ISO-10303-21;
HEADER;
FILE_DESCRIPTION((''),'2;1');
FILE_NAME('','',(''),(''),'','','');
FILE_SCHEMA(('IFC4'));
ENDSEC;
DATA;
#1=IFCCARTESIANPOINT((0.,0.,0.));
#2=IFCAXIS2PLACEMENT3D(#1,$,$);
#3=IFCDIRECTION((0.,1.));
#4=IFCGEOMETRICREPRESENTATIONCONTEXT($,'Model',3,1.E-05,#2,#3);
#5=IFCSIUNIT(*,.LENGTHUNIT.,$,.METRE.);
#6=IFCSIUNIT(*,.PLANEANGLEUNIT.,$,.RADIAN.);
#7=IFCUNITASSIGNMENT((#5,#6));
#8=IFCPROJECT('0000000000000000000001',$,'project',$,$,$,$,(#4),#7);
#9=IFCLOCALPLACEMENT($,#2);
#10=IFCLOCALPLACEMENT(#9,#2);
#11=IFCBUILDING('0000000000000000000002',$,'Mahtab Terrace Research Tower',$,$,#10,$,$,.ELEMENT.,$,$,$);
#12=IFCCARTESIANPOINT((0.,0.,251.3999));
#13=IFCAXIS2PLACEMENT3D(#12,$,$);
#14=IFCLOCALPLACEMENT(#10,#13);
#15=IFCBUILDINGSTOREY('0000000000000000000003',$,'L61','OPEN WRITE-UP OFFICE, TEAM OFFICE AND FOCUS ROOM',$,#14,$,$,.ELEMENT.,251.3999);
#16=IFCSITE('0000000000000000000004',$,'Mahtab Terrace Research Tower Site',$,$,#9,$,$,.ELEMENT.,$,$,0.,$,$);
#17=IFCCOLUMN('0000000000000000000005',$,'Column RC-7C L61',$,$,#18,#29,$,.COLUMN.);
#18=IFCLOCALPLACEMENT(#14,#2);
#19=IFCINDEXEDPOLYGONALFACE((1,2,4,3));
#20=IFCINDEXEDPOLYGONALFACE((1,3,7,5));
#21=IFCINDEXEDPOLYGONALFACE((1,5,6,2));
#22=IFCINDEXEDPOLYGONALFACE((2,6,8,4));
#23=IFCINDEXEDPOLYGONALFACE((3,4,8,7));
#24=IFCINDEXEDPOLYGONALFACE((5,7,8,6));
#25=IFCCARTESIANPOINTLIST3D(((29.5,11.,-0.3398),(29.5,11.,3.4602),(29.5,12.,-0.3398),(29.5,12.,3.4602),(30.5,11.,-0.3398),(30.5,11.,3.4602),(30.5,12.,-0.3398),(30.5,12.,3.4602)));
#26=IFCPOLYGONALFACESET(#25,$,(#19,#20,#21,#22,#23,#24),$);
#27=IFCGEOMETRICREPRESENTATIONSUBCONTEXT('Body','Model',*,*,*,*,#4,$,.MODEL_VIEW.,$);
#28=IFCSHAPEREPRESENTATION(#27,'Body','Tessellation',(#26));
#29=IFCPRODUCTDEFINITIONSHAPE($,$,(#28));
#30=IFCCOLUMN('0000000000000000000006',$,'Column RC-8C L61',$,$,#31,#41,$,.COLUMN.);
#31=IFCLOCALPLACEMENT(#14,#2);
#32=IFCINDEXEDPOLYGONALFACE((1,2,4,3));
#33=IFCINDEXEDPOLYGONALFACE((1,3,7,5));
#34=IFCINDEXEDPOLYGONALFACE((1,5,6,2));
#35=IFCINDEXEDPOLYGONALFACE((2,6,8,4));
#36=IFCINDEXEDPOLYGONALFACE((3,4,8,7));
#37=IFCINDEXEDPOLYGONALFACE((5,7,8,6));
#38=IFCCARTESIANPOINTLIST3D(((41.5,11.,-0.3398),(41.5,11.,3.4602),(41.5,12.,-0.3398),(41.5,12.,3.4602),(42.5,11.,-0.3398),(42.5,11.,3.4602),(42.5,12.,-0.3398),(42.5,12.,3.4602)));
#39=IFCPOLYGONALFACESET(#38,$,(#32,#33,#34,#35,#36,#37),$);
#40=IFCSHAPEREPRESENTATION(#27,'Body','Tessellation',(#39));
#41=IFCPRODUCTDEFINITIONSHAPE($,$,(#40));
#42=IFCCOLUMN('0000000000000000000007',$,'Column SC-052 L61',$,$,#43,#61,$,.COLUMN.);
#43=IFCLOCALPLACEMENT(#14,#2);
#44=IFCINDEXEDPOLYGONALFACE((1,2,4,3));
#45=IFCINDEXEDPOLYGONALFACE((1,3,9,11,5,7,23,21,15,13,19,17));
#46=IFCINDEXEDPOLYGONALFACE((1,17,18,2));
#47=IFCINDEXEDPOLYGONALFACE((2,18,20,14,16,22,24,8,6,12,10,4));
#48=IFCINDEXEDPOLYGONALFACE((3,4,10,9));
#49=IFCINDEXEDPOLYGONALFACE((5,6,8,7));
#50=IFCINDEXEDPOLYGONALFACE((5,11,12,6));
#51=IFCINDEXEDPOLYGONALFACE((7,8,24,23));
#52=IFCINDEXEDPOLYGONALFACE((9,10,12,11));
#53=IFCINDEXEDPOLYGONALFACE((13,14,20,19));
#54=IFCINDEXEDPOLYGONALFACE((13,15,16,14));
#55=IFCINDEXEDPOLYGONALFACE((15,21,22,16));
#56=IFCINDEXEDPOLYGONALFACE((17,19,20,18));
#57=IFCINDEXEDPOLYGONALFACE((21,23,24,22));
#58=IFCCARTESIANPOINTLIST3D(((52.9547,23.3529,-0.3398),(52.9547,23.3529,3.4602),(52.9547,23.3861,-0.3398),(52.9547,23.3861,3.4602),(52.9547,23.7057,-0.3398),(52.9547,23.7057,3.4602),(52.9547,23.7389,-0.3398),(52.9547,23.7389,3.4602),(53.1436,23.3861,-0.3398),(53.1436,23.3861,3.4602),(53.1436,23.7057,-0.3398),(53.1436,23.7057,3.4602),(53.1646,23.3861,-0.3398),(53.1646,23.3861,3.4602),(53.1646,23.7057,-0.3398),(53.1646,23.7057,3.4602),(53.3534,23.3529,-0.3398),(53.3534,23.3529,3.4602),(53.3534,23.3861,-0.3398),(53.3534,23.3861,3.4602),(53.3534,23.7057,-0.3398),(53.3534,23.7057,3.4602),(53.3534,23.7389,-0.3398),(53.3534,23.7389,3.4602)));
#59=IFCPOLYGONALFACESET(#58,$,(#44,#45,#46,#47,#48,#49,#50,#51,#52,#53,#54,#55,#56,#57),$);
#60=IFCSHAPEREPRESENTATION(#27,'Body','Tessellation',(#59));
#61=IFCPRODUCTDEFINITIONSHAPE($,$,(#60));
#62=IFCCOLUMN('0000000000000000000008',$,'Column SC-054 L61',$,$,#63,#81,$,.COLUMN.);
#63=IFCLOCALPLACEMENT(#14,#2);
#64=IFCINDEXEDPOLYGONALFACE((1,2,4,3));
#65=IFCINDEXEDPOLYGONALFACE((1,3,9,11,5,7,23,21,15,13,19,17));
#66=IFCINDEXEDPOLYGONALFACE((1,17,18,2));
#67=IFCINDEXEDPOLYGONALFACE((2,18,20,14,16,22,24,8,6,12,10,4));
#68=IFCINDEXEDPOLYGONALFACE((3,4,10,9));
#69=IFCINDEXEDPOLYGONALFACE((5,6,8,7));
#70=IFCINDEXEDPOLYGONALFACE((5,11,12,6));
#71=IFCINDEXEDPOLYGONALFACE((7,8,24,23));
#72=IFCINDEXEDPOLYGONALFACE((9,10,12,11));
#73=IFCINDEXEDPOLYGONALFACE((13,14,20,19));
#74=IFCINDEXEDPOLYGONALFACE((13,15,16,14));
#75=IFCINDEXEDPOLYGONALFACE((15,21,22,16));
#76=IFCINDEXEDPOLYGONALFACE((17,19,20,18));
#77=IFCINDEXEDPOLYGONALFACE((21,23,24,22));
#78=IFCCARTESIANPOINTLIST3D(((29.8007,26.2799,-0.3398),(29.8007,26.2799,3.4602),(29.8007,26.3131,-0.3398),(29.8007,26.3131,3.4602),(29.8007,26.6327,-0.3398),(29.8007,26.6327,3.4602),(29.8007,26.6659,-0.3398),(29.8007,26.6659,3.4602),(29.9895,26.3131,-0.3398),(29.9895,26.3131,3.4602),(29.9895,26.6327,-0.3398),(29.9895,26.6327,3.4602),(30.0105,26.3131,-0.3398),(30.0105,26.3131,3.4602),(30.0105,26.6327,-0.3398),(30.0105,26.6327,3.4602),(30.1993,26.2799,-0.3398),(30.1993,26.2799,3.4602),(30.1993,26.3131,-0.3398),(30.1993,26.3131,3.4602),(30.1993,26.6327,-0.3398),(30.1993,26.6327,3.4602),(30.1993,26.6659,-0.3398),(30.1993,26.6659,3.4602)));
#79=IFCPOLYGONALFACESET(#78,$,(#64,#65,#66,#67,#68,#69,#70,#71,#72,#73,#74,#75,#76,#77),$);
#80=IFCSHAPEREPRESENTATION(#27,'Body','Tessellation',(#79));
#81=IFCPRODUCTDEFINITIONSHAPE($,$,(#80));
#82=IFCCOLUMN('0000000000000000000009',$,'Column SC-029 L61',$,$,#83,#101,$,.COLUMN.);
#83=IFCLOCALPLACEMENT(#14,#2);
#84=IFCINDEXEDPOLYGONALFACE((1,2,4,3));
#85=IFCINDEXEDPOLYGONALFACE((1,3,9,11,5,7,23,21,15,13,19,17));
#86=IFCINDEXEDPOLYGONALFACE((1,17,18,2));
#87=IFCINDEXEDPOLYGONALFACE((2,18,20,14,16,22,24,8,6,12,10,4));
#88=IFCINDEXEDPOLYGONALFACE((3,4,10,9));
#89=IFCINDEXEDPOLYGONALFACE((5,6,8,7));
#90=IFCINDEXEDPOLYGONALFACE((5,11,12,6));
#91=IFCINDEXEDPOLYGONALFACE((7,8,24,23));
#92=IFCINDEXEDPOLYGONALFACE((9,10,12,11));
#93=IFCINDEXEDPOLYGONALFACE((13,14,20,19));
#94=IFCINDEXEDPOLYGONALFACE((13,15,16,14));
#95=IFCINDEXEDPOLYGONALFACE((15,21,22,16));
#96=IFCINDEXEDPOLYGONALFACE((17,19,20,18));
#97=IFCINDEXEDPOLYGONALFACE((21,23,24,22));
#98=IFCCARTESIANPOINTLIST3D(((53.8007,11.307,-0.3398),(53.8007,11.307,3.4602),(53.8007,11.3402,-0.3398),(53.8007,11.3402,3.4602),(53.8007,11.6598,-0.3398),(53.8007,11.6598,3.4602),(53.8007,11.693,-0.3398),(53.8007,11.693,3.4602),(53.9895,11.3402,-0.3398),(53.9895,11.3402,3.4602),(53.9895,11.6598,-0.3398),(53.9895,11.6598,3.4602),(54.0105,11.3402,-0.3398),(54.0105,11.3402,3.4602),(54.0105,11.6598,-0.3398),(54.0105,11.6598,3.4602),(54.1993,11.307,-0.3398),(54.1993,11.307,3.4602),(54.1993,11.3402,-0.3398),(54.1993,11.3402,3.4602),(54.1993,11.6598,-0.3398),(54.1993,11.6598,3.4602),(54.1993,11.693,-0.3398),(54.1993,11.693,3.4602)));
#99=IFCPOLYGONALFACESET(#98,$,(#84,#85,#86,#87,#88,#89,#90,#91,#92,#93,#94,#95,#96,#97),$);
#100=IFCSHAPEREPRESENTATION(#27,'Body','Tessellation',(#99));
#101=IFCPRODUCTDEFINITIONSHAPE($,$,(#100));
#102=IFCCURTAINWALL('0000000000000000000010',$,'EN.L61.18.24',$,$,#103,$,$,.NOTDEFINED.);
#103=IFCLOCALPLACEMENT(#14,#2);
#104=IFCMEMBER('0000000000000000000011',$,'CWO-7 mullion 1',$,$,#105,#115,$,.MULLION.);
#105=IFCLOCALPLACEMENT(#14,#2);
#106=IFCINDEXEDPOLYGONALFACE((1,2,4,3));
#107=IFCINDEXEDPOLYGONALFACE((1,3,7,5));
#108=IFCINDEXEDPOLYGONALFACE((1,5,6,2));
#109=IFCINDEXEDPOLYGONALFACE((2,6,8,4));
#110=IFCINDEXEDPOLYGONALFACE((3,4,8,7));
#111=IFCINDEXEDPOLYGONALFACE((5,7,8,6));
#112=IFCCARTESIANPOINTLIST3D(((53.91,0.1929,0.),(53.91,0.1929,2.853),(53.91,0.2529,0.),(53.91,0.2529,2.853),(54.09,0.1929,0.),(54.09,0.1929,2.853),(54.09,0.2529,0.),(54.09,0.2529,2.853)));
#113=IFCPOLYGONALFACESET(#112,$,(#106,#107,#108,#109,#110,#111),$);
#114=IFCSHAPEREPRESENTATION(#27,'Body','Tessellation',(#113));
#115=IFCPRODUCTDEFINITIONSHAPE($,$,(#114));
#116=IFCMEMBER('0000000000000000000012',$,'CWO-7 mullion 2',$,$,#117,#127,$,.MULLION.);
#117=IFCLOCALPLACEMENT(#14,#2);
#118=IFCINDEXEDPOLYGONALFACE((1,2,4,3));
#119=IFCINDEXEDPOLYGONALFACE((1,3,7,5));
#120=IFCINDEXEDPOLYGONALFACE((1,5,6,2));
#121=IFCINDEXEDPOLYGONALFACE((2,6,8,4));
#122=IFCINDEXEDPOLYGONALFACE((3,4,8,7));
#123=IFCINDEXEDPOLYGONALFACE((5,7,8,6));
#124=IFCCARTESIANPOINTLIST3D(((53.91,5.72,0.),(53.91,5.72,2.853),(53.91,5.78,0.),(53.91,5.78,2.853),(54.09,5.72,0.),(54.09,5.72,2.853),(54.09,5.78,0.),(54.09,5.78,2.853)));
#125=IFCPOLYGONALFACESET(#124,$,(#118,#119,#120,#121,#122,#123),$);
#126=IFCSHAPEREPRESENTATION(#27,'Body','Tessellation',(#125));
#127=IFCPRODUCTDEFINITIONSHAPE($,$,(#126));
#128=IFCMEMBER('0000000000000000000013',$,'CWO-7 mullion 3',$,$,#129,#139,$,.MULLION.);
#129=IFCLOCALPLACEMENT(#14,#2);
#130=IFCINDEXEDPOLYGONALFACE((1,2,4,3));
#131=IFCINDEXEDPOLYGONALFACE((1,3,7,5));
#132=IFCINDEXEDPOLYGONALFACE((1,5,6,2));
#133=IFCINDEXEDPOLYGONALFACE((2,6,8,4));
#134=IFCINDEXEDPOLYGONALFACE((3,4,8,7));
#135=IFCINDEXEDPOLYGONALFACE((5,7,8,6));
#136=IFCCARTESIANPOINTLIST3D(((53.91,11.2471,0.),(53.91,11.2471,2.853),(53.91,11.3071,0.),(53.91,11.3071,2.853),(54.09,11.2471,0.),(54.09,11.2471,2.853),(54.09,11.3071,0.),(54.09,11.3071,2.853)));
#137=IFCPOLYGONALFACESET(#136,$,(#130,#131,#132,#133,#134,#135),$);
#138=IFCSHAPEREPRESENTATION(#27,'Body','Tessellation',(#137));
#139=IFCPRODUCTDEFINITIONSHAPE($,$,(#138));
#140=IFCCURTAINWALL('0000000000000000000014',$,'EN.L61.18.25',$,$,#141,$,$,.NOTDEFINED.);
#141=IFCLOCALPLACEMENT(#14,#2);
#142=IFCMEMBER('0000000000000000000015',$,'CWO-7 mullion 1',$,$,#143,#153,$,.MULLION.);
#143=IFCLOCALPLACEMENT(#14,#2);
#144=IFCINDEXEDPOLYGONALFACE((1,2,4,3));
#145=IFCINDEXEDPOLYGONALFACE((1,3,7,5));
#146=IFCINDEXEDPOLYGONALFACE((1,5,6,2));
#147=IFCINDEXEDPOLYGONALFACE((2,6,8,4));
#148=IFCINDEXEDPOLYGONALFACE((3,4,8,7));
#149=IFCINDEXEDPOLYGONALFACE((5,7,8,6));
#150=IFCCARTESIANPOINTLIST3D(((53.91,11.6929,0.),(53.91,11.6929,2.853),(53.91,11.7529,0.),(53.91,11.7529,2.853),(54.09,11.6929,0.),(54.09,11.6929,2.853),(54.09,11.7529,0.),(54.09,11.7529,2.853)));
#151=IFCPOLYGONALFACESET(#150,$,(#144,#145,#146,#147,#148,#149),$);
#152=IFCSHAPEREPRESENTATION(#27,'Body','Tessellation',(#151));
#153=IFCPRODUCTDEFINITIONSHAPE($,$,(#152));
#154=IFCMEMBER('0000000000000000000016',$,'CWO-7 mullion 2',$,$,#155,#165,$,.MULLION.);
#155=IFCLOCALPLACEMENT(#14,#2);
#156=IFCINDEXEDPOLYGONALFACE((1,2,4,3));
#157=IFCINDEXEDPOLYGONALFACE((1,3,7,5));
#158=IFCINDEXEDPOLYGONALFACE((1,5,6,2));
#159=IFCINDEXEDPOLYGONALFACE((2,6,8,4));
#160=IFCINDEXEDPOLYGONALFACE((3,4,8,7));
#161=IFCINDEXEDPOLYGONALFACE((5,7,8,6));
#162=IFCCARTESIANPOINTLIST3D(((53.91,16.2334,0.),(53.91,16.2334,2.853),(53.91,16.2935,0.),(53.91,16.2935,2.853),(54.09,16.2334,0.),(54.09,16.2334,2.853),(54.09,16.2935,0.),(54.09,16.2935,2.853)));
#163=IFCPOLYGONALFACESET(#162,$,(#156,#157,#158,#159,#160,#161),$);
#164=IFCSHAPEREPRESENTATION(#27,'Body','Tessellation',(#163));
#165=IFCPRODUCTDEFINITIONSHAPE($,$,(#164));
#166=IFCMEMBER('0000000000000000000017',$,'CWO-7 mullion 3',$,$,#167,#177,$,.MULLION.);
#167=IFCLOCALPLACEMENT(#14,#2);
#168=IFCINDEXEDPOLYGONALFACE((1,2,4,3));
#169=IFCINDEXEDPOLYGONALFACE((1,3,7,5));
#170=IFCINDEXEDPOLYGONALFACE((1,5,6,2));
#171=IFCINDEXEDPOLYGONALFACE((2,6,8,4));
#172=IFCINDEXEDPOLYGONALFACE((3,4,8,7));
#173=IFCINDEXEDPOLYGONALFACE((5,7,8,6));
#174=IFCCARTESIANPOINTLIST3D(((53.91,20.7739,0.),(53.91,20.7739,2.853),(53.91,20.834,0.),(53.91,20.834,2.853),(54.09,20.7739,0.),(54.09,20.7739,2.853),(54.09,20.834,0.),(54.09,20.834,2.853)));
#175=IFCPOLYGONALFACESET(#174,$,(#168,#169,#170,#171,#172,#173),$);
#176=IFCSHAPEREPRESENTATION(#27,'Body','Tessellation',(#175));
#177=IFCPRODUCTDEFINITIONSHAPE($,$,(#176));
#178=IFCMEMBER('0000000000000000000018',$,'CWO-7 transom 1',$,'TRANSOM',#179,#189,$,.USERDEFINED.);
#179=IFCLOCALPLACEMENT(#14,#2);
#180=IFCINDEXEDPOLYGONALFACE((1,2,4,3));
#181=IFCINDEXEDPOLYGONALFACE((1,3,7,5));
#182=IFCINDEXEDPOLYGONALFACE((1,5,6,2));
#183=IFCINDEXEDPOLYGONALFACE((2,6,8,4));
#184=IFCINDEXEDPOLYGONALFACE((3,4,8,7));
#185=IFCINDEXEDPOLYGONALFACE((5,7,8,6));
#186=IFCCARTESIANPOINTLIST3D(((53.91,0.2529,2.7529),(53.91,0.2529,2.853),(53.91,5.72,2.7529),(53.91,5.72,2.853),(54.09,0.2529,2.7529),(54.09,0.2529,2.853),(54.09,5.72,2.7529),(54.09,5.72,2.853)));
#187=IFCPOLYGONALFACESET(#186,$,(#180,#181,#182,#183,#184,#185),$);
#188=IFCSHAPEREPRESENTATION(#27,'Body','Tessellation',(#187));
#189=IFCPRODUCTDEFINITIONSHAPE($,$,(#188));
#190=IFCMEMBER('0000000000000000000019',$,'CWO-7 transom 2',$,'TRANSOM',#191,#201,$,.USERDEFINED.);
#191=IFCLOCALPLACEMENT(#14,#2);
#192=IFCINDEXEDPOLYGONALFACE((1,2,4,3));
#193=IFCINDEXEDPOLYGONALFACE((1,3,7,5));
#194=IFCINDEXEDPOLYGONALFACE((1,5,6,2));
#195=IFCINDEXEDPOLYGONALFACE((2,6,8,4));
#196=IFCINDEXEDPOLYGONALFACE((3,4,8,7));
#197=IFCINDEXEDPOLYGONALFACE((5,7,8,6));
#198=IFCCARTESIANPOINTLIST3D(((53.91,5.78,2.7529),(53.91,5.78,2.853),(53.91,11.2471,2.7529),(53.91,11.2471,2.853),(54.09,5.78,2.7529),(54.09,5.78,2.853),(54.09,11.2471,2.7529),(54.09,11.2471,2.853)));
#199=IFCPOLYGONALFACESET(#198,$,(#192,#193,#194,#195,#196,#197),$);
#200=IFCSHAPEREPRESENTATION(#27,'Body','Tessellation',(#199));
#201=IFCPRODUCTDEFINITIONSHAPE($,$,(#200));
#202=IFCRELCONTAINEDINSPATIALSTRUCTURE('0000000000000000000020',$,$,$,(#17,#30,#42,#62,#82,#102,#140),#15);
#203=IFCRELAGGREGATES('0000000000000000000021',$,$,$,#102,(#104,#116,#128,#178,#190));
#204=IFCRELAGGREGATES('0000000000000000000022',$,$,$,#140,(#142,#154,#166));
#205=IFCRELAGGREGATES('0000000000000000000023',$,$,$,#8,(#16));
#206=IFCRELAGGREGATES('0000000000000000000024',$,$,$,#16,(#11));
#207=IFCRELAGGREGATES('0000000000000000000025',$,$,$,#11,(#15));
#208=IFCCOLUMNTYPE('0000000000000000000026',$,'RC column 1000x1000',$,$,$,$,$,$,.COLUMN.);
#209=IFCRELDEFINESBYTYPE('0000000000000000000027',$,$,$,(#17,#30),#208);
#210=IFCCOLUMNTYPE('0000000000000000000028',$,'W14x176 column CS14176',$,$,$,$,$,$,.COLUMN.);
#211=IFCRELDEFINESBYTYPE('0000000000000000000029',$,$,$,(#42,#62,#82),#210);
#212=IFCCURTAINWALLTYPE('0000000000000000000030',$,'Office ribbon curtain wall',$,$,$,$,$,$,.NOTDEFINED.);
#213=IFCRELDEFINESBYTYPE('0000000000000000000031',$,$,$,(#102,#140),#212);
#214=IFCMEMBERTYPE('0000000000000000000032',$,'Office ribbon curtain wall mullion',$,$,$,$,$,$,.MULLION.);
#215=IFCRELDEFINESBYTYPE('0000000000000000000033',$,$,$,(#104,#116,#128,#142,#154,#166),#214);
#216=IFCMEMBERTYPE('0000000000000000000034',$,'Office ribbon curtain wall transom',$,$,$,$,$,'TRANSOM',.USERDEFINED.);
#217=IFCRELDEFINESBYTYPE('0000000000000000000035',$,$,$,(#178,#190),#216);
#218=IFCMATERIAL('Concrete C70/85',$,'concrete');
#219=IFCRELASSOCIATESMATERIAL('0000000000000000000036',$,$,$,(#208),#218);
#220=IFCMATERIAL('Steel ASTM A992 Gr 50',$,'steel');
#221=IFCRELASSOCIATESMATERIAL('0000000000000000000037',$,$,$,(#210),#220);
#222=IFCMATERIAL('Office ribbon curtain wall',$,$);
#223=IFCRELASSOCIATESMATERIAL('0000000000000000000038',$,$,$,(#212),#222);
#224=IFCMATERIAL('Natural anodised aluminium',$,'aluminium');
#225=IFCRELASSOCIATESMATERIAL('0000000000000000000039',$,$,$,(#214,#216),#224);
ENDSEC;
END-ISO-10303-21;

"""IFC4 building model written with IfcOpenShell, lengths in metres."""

from ifc_helpers import new_model, si_unit, direction, frame, origin, origin_2d, place, context, subcontext, project, spatial, rectangle, i_section, extrude, material, material_profile, profile_set, type_object, element, aggregate, save


model = new_model("IFC4")

# Units and contexts
model_context = context("Model", 3, precision=1e-05, world=origin(), true_north=direction((0.0, 1.0)))
body_context = subcontext(model_context, "Body", "Model", "MODEL_VIEW")
ifc_project = project(units=[si_unit("LENGTHUNIT", "METRE"), si_unit("PLANEANGLEUNIT", "RADIAN")], contexts=[model_context])

# Site, building, storey
site_placement = place(None, origin())
site = spatial("IfcSite", under=ifc_project, at=site_placement, Name="Mahtab Terrace Research Tower Site", CompositionType="ELEMENT", RefElevation=0.0)
building_placement = place(site_placement, origin())
building = spatial("IfcBuilding", under=site, at=building_placement, Name="Mahtab Terrace Research Tower", CompositionType="ELEMENT")
storey_placement = place(building_placement, frame((0.0, 0.0, 251.3999)))
storey = spatial("IfcBuildingStorey", under=building, at=storey_placement, Name="L61", Description="OPEN WRITE-UP OFFICE, TEAM OFFICE AND FOCUS ROOM", CompositionType="ELEMENT", Elevation=251.3999)

# Columns
ifc_material_1 = material(Name="Concrete C70/85", Category="concrete")
ifc_material_profile_1 = material_profile(ifc_material_1, rectangle(XDim=1.0, YDim=1.0, at=origin_2d()), Name="RC column 1000x1000")
ifc_profile_set_1 = profile_set([ifc_material_profile_1], Name="Concrete C70/85")
column_type_1 = type_object("IfcColumnType", Name="RC column 1000x1000", PredefinedType="COLUMN", material=ifc_profile_set_1)
for number, where, z_axis, x_axis, name in (
    (1, (30.0, 11.5, -0.3398), (0.0, 0.0, 1.0), (1.0, 0.0, 0.0), "Column RC-7C L61"),
    (2, (42.0, 11.5, -0.3398), (0.0, 0.0, 1.0), (1.0, 0.0, 0.0), "Column RC-8C L61"),
):
    element("IfcColumn", number, at=place(storey_placement, frame(where, z_axis=z_axis, x_axis=x_axis)), inside=storey, type_object=column_type_1, Name=name, PredefinedType="COLUMN", context=body_context, shape_type="SweptSolid", body=[
        extrude(rectangle(XDim=1.0, YDim=1.0, at=origin_2d()), origin(), (0.0, 0.0, 1.0), 3.8),
    ])
ifc_material_2 = material(Name="Steel ASTM A992 Gr 50", Category="steel")
ifc_material_profile_2 = material_profile(ifc_material_2, i_section(OverallWidth=0.3987, OverallDepth=0.386, WebThickness=0.021, FlangeThickness=0.0332, at=origin_2d()), Name="W14X176")
ifc_profile_set_2 = profile_set([ifc_material_profile_2], Name="Steel ASTM A992 Gr 50")
column_type_2 = type_object("IfcColumnType", Name="W14x176 column CS14176", PredefinedType="COLUMN", material=ifc_profile_set_2)
for number, where, z_axis, x_axis, name in (
    (3, (53.1541, 23.5459, -0.3398), (0.0, 0.0, 1.0), (1.0, 0.0, 0.0), "Column SC-052 L61"),
    (4, (30.0, 26.4729, -0.3398), (0.0, 0.0, 1.0), (1.0, 0.0, 0.0), "Column SC-054 L61"),
    (5, (54.0, 11.5, -0.3398), (0.0, 0.0, 1.0), (1.0, 0.0, 0.0), "Column SC-029 L61"),
):
    element("IfcColumn", number, at=place(storey_placement, frame(where, z_axis=z_axis, x_axis=x_axis)), inside=storey, type_object=column_type_2, Name=name, PredefinedType="COLUMN", context=body_context, shape_type="SweptSolid", body=[
        extrude(i_section(OverallWidth=0.3987, OverallDepth=0.386, WebThickness=0.021, FlangeThickness=0.0332, at=origin_2d()), origin(), (0.0, 0.0, 1.0), 3.8),
    ])

# Curtain walls, members
ifc_material_3 = material(Name="Office ribbon curtain wall")
curtain_wall_type = type_object("IfcCurtainWallType", Name="Office ribbon curtain wall", PredefinedType="NOTDEFINED", material=ifc_material_3)
curtain_wall_1_placement = place(storey_placement, origin())
curtain_wall_1 = element("IfcCurtainWall", 6, at=curtain_wall_1_placement, inside=storey, type_object=curtain_wall_type, Name="EN.L61.18.24", PredefinedType="NOTDEFINED")
ifc_material_4 = material(Name="Natural anodised aluminium", Category="aluminium")
ifc_material_profile_3 = material_profile(ifc_material_4, rectangle(XDim=0.1799, YDim=0.0601, at=origin_2d()), Name="MULLION 60x180")
ifc_profile_set_3 = profile_set([ifc_material_profile_3], Name="Natural anodised aluminium")
member_type_1 = type_object("IfcMemberType", Name="Office ribbon curtain wall mullion", PredefinedType="MULLION", material=ifc_profile_set_3)
member_1_placement = place(storey_placement, frame((54.0, 0.2229, 0.0), z_axis=(0.0, 0.0, 1.0), x_axis=(-1.0, 0.0, 0.0)))
member_1 = element("IfcMember", 7, at=member_1_placement, type_object=member_type_1, Name="CWO-7 mullion 1", PredefinedType="MULLION", context=body_context, shape_type="SweptSolid", body=[
    extrude(rectangle(XDim=0.1799, YDim=0.0601, at=origin_2d()), origin(), (0.0, 0.0, 1.0), 2.853),
])
member_2_placement = place(storey_placement, frame((54.0, 5.75, 0.0), z_axis=(0.0, 0.0, 1.0), x_axis=(-1.0, 0.0, 0.0)))
member_2 = element("IfcMember", 8, at=member_2_placement, type_object=member_type_1, Name="CWO-7 mullion 2", PredefinedType="MULLION", context=body_context, shape_type="SweptSolid", body=[
    extrude(rectangle(XDim=0.1799, YDim=0.0601, at=origin_2d()), origin(), (0.0, 0.0, 1.0), 2.853),
])
member_3_placement = place(storey_placement, frame((54.0, 11.2771, 0.0), z_axis=(0.0, 0.0, 1.0), x_axis=(-1.0, 0.0, 0.0)))
member_3 = element("IfcMember", 9, at=member_3_placement, type_object=member_type_1, Name="CWO-7 mullion 3", PredefinedType="MULLION", context=body_context, shape_type="SweptSolid", body=[
    extrude(rectangle(XDim=0.1799, YDim=0.0601, at=origin_2d()), origin(), (0.0, 0.0, 1.0), 2.853),
])
curtain_wall_2_placement = place(storey_placement, origin())
curtain_wall_2 = element("IfcCurtainWall", 10, at=curtain_wall_2_placement, inside=storey, type_object=curtain_wall_type, Name="EN.L61.18.25", PredefinedType="NOTDEFINED")
member_4_placement = place(storey_placement, frame((54.0, 11.7229, 0.0), z_axis=(0.0, 0.0, 1.0), x_axis=(-1.0, 0.0, 0.0)))
member_4 = element("IfcMember", 11, at=member_4_placement, type_object=member_type_1, Name="CWO-7 mullion 1", PredefinedType="MULLION", context=body_context, shape_type="SweptSolid", body=[
    extrude(rectangle(XDim=0.1799, YDim=0.0601, at=origin_2d()), origin(), (0.0, 0.0, 1.0), 2.853),
])
member_5_placement = place(storey_placement, frame((54.0, 16.2634, 0.0), z_axis=(0.0, 0.0, 1.0), x_axis=(-1.0, 0.0, 0.0)))
member_5 = element("IfcMember", 12, at=member_5_placement, type_object=member_type_1, Name="CWO-7 mullion 2", PredefinedType="MULLION", context=body_context, shape_type="SweptSolid", body=[
    extrude(rectangle(XDim=0.1799, YDim=0.0601, at=origin_2d()), origin(), (0.0, 0.0, 1.0), 2.853),
])
member_6_placement = place(storey_placement, frame((54.0, 20.804, 0.0), z_axis=(0.0, 0.0, 1.0), x_axis=(-1.0, 0.0, 0.0)))
member_6 = element("IfcMember", 13, at=member_6_placement, type_object=member_type_1, Name="CWO-7 mullion 3", PredefinedType="MULLION", context=body_context, shape_type="SweptSolid", body=[
    extrude(rectangle(XDim=0.1799, YDim=0.0601, at=origin_2d()), origin(), (0.0, 0.0, 1.0), 2.853),
])

# Members
ifc_material_profile_4 = material_profile(ifc_material_4, rectangle(XDim=0.1799, YDim=0.1001, at=origin_2d()), Name="TRANSOM 100x180")
ifc_profile_set_4 = profile_set([ifc_material_profile_4], Name="Natural anodised aluminium")
member_type_2 = type_object("IfcMemberType", Name="Office ribbon curtain wall transom", ElementType="TRANSOM", PredefinedType="USERDEFINED", material=ifc_profile_set_4)
member_7_placement = place(storey_placement, frame((54.0, 0.2529, 2.803), z_axis=(0.0, 1.0, 0.0), x_axis=(-1.0, 0.0, 0.0)))
member_7 = element("IfcMember", 14, at=member_7_placement, type_object=member_type_2, Name="CWO-7 transom 1", ObjectType="TRANSOM", PredefinedType="USERDEFINED", context=body_context, shape_type="SweptSolid", body=[
    extrude(rectangle(XDim=0.1799, YDim=0.1001, at=origin_2d()), origin(), (0.0, 0.0, 1.0), 5.467),
])
member_8_placement = place(storey_placement, frame((54.0, 5.78, 2.803), z_axis=(0.0, 1.0, 0.0), x_axis=(-1.0, 0.0, 0.0)))
member_8 = element("IfcMember", 15, at=member_8_placement, type_object=member_type_2, Name="CWO-7 transom 2", ObjectType="TRANSOM", PredefinedType="USERDEFINED", context=body_context, shape_type="SweptSolid", body=[
    extrude(rectangle(XDim=0.1799, YDim=0.1001, at=origin_2d()), origin(), (0.0, 0.0, 1.0), 5.467),
])

aggregate(curtain_wall_1, [member_1, member_2, member_3, member_7, member_8])
aggregate(curtain_wall_2, [member_4, member_5, member_6])

save(model, "model.ifc")
